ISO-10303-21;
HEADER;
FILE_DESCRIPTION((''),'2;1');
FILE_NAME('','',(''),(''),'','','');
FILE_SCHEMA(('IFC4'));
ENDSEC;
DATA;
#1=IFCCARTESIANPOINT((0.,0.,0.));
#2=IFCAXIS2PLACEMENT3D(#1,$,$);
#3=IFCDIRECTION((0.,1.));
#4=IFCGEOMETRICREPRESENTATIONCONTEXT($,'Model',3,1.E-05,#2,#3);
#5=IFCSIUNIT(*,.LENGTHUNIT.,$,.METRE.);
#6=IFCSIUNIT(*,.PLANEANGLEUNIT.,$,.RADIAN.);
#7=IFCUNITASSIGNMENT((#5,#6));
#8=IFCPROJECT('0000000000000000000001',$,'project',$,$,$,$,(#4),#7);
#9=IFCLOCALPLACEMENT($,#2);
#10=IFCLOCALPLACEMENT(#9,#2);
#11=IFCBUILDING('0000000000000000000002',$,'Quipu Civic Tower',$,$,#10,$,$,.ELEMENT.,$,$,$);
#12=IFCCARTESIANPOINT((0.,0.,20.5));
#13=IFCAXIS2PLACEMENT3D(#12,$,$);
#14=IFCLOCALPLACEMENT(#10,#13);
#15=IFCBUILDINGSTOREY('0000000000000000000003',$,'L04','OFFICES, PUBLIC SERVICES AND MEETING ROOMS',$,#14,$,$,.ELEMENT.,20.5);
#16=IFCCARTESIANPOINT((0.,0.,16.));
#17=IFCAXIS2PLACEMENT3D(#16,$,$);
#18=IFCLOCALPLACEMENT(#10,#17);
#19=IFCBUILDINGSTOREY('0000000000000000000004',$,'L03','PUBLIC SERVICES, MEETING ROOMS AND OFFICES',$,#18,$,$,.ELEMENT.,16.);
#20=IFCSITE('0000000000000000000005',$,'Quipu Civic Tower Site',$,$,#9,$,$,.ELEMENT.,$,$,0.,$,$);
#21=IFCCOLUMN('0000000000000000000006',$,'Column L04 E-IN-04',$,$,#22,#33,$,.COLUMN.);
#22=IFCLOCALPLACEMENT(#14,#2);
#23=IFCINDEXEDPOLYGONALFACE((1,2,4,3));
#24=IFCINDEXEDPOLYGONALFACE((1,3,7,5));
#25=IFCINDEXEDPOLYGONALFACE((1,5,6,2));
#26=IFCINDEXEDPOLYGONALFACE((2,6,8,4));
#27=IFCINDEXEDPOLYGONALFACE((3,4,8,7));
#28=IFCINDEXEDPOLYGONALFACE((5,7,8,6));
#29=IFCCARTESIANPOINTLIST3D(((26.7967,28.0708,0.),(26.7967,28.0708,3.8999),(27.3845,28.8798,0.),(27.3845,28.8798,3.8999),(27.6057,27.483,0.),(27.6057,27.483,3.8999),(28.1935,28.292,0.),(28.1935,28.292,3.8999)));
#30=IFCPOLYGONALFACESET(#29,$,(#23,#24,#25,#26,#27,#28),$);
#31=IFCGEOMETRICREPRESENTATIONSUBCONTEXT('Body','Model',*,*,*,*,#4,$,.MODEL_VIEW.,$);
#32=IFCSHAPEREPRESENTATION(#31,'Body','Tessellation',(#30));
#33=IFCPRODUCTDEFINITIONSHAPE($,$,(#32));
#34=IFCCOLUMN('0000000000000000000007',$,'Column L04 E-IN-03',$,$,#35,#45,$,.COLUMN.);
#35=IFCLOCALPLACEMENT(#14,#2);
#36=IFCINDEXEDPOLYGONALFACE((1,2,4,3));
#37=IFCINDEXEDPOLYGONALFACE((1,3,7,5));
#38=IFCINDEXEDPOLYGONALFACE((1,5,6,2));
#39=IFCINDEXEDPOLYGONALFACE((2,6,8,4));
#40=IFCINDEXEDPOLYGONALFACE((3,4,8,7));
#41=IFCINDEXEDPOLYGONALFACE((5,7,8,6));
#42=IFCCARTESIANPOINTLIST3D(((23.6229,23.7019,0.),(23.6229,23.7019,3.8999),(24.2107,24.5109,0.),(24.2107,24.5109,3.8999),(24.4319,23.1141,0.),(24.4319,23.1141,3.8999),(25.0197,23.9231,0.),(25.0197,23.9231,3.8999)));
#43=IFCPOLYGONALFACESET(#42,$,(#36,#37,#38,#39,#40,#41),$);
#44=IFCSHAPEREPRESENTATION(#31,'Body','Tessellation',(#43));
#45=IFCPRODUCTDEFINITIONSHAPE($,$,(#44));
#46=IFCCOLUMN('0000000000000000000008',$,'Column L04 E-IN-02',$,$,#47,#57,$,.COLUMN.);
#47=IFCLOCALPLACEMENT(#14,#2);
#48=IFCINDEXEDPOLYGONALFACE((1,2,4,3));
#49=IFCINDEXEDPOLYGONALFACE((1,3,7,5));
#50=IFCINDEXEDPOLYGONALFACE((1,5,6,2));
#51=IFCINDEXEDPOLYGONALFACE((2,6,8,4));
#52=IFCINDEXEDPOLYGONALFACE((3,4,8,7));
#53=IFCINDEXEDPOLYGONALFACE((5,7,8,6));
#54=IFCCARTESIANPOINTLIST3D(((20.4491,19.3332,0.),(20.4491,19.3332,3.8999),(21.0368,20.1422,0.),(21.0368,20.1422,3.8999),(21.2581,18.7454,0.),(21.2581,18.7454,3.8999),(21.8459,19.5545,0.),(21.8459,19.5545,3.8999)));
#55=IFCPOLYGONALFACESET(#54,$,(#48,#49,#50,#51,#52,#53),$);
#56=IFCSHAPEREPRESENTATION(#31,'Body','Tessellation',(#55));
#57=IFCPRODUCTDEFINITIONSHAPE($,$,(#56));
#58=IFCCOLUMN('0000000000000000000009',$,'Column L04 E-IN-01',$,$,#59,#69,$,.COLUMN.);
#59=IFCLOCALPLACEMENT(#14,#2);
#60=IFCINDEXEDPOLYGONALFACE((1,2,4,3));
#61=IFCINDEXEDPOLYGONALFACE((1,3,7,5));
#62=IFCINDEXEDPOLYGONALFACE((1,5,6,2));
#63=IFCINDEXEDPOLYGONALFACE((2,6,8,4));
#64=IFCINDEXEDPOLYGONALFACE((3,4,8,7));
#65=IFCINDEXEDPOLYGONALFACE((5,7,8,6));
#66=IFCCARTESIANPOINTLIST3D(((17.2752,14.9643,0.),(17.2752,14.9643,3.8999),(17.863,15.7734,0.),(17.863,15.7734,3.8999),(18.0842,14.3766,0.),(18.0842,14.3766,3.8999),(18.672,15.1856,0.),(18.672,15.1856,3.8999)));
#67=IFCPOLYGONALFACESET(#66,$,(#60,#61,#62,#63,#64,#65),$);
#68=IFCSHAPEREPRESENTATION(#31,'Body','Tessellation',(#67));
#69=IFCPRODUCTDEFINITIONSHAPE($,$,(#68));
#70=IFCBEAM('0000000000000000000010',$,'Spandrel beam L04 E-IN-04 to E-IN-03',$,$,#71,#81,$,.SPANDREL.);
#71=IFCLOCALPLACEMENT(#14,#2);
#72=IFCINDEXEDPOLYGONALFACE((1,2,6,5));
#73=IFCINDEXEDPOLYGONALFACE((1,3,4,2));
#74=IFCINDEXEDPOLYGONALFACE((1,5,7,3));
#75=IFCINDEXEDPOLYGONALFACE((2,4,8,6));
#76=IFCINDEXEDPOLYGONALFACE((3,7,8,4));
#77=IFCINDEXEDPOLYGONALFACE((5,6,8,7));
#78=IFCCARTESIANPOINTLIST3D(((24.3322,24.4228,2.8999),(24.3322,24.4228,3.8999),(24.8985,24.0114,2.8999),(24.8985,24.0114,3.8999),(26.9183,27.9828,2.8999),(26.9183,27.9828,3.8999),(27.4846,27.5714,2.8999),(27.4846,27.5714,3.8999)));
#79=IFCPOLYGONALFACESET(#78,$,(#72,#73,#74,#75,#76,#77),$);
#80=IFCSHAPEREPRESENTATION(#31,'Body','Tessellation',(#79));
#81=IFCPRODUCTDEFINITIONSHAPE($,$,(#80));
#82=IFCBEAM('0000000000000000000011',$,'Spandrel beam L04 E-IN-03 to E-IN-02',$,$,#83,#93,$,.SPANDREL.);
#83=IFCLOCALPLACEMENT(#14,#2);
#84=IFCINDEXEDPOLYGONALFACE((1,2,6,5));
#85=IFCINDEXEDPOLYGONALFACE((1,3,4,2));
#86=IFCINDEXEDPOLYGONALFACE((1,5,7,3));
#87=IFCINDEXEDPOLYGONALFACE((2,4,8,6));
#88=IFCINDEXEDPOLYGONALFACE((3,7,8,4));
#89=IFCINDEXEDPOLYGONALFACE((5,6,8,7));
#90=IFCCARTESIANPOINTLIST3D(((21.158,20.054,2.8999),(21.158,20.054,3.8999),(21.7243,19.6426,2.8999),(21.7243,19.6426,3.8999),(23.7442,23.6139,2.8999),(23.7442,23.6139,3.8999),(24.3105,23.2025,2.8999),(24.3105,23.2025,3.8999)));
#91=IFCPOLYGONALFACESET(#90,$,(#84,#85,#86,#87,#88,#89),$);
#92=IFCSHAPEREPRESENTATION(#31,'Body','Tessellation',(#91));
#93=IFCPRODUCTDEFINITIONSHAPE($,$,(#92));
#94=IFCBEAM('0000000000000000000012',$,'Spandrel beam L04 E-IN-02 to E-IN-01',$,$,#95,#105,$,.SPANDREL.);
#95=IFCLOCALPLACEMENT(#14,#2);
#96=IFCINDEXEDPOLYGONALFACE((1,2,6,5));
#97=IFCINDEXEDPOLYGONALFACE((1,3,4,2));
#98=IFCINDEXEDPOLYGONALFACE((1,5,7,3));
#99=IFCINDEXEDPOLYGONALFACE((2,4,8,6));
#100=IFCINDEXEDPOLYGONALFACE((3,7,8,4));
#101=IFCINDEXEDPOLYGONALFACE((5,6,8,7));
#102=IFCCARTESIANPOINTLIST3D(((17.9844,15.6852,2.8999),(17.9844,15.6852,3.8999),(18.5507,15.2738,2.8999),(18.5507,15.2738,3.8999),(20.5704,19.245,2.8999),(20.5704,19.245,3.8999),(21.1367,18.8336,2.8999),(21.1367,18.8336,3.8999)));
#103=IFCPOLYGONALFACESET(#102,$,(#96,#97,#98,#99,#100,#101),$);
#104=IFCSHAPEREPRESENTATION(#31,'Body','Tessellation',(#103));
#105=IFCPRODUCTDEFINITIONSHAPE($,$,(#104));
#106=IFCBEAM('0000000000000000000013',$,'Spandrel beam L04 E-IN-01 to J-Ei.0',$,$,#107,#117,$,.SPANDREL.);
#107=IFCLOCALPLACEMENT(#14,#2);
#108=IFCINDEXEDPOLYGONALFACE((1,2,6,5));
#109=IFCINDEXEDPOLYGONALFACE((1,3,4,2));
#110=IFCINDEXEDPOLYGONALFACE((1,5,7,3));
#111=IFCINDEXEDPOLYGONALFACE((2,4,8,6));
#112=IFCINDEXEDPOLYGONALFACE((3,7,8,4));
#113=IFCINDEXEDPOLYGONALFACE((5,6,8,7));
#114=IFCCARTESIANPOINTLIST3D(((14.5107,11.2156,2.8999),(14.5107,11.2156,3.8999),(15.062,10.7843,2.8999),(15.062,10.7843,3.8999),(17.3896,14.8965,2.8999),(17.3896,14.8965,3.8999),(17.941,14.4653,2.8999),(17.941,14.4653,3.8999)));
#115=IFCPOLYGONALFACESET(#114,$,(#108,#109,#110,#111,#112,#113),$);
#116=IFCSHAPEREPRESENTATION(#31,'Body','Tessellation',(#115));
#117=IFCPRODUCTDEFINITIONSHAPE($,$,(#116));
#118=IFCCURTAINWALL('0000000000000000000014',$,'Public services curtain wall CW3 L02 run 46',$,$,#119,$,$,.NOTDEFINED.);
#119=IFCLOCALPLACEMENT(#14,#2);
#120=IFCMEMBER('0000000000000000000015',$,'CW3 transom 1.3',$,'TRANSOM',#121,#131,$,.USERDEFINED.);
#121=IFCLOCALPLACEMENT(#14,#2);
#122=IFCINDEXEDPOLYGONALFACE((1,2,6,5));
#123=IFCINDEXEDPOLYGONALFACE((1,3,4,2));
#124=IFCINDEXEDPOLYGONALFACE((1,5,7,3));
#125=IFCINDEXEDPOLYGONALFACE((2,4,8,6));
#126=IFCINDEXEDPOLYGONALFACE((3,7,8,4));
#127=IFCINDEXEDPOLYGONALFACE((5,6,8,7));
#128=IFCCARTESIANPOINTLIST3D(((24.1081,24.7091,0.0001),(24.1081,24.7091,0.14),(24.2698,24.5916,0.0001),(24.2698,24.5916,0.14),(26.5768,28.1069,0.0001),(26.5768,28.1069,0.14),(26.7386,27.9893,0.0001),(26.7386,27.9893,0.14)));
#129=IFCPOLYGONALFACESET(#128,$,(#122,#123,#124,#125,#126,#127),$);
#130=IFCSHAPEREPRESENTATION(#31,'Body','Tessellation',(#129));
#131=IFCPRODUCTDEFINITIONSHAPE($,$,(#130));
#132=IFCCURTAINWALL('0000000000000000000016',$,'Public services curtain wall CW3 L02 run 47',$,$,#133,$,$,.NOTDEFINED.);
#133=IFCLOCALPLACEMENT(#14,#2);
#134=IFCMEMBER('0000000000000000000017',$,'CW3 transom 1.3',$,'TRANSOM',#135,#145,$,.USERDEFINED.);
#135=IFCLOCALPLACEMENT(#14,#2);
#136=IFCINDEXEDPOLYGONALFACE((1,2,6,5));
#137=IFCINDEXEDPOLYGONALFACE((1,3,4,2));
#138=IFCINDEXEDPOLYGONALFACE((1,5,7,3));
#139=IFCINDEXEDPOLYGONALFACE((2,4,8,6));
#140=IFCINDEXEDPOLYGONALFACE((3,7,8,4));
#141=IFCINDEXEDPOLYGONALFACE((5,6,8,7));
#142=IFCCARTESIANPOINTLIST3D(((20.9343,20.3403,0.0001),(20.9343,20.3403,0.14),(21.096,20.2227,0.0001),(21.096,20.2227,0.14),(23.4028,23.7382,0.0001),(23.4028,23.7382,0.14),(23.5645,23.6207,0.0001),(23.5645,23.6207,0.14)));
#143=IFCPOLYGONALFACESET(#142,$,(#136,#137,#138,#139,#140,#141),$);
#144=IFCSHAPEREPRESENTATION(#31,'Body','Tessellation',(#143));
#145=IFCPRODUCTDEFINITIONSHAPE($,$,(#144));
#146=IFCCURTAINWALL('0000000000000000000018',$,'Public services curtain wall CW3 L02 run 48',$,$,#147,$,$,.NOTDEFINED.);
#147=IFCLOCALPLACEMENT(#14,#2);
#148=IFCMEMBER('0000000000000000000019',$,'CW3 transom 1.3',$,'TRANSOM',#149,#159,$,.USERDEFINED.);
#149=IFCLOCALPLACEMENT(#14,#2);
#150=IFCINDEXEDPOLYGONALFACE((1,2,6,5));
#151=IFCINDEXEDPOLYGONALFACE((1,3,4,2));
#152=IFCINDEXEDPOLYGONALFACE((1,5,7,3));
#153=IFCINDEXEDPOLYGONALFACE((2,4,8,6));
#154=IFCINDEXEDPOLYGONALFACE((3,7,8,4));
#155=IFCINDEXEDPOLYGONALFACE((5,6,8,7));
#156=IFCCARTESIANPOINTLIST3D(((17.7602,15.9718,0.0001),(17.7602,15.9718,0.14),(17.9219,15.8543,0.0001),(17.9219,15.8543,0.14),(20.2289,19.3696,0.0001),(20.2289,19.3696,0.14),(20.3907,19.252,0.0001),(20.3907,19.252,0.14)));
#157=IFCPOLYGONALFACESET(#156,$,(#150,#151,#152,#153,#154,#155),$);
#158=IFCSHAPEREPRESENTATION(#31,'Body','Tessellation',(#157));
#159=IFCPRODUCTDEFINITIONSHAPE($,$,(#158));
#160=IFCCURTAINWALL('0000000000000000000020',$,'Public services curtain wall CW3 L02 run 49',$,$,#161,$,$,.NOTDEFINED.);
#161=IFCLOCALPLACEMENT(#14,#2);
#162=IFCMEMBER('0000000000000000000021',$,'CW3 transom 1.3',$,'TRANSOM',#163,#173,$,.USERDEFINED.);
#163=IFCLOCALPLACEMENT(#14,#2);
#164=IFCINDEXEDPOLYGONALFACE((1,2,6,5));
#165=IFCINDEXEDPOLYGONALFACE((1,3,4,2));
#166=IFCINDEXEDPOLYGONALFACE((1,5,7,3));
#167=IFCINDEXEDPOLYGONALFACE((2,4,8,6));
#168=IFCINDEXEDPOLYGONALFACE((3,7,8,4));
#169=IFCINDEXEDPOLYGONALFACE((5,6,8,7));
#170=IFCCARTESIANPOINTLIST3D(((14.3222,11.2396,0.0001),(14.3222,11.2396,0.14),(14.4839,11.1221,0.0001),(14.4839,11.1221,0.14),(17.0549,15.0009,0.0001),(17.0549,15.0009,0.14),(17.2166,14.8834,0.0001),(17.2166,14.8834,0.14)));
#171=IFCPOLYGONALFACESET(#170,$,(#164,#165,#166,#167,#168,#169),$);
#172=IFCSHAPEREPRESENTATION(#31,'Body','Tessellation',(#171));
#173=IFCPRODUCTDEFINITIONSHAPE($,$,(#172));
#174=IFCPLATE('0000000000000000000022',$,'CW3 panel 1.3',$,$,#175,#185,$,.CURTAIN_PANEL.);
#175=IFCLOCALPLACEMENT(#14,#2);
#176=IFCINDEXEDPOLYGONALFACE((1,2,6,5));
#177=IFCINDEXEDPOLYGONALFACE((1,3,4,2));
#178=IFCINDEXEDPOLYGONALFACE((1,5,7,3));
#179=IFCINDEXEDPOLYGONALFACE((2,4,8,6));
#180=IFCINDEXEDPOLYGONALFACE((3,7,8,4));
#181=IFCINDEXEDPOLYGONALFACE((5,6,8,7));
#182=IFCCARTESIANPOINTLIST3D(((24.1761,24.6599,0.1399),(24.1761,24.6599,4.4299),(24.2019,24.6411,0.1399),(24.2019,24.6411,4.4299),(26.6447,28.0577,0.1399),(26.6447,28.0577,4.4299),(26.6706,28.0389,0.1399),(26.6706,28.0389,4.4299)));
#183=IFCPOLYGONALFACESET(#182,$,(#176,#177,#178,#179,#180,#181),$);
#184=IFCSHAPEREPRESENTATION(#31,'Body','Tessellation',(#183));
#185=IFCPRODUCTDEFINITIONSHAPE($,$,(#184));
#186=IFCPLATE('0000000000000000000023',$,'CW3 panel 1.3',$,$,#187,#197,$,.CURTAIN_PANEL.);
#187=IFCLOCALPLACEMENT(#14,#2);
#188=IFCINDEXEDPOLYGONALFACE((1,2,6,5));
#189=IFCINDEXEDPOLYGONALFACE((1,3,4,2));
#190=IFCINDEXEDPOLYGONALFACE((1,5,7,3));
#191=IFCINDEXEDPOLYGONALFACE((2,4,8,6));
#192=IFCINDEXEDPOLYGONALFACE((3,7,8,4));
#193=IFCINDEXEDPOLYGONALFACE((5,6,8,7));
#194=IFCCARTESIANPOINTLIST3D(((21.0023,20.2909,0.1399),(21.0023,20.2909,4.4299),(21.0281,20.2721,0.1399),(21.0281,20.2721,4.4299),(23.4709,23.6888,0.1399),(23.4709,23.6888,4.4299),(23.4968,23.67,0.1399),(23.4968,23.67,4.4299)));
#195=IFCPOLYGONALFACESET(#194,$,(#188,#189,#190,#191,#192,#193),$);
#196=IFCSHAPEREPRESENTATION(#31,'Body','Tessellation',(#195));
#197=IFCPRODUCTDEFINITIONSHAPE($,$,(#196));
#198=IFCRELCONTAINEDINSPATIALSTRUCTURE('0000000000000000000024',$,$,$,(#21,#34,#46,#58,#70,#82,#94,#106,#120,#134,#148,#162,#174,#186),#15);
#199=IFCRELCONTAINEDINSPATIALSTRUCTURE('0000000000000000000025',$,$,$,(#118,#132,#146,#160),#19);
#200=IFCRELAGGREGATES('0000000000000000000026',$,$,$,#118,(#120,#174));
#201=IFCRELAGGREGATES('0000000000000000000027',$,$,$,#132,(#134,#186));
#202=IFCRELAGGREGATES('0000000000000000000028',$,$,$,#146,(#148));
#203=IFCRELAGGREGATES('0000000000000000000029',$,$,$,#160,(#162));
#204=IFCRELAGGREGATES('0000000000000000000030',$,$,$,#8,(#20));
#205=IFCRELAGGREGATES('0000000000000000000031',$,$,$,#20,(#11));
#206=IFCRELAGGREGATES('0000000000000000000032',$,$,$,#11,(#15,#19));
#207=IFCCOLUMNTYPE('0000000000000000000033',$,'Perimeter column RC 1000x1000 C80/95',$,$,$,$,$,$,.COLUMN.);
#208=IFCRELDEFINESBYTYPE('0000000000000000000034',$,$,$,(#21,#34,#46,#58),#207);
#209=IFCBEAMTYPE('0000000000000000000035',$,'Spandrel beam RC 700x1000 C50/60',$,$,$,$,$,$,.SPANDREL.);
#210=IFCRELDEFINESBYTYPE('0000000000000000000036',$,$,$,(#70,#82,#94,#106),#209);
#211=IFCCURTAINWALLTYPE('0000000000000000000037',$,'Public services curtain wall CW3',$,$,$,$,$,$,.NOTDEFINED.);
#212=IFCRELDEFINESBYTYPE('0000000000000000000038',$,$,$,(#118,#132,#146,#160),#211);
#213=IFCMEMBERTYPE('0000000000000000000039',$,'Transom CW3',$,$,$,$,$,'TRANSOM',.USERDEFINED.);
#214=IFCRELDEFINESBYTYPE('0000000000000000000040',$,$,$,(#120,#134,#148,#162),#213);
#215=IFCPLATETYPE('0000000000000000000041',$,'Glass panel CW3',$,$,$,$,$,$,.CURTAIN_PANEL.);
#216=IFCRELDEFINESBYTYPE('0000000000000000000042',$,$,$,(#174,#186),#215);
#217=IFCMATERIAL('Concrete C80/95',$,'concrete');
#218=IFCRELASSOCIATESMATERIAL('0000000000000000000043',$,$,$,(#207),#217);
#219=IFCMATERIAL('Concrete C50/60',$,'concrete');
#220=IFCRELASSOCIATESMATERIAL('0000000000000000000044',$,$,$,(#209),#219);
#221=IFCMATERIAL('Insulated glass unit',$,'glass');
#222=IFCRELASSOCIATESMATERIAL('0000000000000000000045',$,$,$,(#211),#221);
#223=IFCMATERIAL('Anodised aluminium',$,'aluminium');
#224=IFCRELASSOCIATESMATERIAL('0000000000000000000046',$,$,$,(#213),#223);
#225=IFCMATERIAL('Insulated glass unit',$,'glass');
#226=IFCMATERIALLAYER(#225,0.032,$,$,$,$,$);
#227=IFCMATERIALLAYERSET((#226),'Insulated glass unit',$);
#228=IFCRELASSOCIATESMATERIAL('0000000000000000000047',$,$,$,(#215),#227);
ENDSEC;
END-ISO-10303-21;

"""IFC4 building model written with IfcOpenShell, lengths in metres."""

from ifc_helpers import new_model, si_unit, direction, frame, origin, origin_2d, place, context, subcontext, project, spatial, rectangle, extrude, material, layer, layer_set, material_profile, profile_set, type_object, element, aggregate, save


model = new_model("IFC4")

# Units and contexts
model_context = context("Model", 3, precision=1e-05, world=origin(), true_north=direction((0.0, 1.0)))
body_context = subcontext(model_context, "Body", "Model", "MODEL_VIEW")
ifc_project = project(units=[si_unit("LENGTHUNIT", "METRE"), si_unit("PLANEANGLEUNIT", "RADIAN")], contexts=[model_context])

# Site, building, storey
site_placement = place(None, origin())
site = spatial("IfcSite", under=ifc_project, at=site_placement, Name="Quipu Civic Tower Site", CompositionType="ELEMENT", RefElevation=0.0)
building_placement = place(site_placement, origin())
building = spatial("IfcBuilding", under=site, at=building_placement, Name="Quipu Civic Tower", CompositionType="ELEMENT")
storey_1_placement = place(building_placement, frame((0.0, 0.0, 20.5)))
storey_1 = spatial("IfcBuildingStorey", under=building, at=storey_1_placement, Name="L04", Description="OFFICES, PUBLIC SERVICES AND MEETING ROOMS", CompositionType="ELEMENT", Elevation=20.5)

# Columns
ifc_material_1 = material(Name="Concrete C80/95", Category="concrete")
ifc_material_profile_1 = material_profile(ifc_material_1, rectangle(XDim=1.0, YDim=1.0, at=origin_2d()), Name="RC1000x1000")
ifc_profile_set_1 = profile_set([ifc_material_profile_1], Name="Concrete C80/95")
column_type = type_object("IfcColumnType", Name="Perimeter column RC 1000x1000 C80/95", PredefinedType="COLUMN", material=ifc_profile_set_1)
for number, where, z_axis, x_axis, name in (
    (1, (27.4951, 28.1814, 0.0), (0.0, 0.0, 1.0), (-0.587785, -0.809017, 0.0), "Column L04 E-IN-04"),
    (2, (24.3213, 23.8125, 0.0), (0.0, 0.0, 1.0), (-0.587785, -0.809017, 0.0), "Column L04 E-IN-03"),
    (3, (21.1475, 19.4438, 0.0), (0.0, 0.0, 1.0), (-0.587785, -0.809017, 0.0), "Column L04 E-IN-02"),
    (4, (17.9736, 15.075, 0.0), (0.0, 0.0, 1.0), (-0.587785, -0.809017, 0.0), "Column L04 E-IN-01"),
):
    element("IfcColumn", number, at=place(storey_1_placement, frame(where, z_axis=z_axis, x_axis=x_axis)), inside=storey_1, type_object=column_type, Name=name, PredefinedType="COLUMN", context=body_context, shape_type="SweptSolid", body=[
        extrude(rectangle(XDim=1.0, YDim=1.0, at=origin_2d()), origin(), (0.0, 0.0, 1.0), 3.8999),
    ])

# Beams
ifc_material_2 = material(Name="Concrete C50/60", Category="concrete")
ifc_material_profile_2 = material_profile(ifc_material_2, rectangle(XDim=0.7, YDim=1.0, at=origin_2d()), Name="RC700x1000")
ifc_profile_set_2 = profile_set([ifc_material_profile_2], Name="Concrete C50/60")
beam_type = type_object("IfcBeamType", Name="Spandrel beam RC 700x1000 C50/60", PredefinedType="SPANDREL", material=ifc_profile_set_2)
for number, where, z_axis, x_axis, name in (
    (5, (27.2014, 27.7771, 3.3999), (-0.587733, -0.809055, 0.0), (0.809055, -0.587733, 0.0), "Spandrel beam L04 E-IN-04 to E-IN-03"),
    (6, (24.0273, 23.4082, 3.3999), (-0.587759, -0.809036, 0.0), (0.809036, -0.587759, 0.0), "Spandrel beam L04 E-IN-03 to E-IN-02"),
):
    element("IfcBeam", number, at=place(storey_1_placement, frame(where, z_axis=z_axis, x_axis=x_axis)), inside=storey_1, type_object=beam_type, Name=name, PredefinedType="SPANDREL", context=body_context, shape_type="SweptSolid", body=[
        extrude(rectangle(XDim=0.7, YDim=1.0, at=origin_2d()), origin(), (0.0, 0.0, 1.0), 4.4001),
    ])
beam_1_placement = place(storey_1_placement, frame((20.8535, 19.0393, 3.3999), z_axis=(-0.587723, -0.809062, 0.0), x_axis=(0.809062, -0.587723, 0.0)))
element("IfcBeam", 7, at=beam_1_placement, inside=storey_1, type_object=beam_type, Name="Spandrel beam L04 E-IN-02 to E-IN-01", PredefinedType="SPANDREL", context=body_context, shape_type="SweptSolid", body=[
    extrude(rectangle(XDim=0.7, YDim=1.0, at=origin_2d()), origin(), (0.0, 0.0, 1.0), 4.3999),
])
beam_2_placement = place(storey_1_placement, frame((17.6653, 14.6809, 3.3999), z_axis=(-0.616069, -0.787692, 0.0), x_axis=(0.787692, -0.616069, 0.0)))
element("IfcBeam", 8, at=beam_2_placement, inside=storey_1, type_object=beam_type, Name="Spandrel beam L04 E-IN-01 to J-Ei.0", PredefinedType="SPANDREL", context=body_context, shape_type="SweptSolid", body=[
    extrude(rectangle(XDim=0.7, YDim=1.0, at=origin_2d()), origin(), (0.0, 0.0, 1.0), 4.6731),
])

# Shared definitions
storey_2_placement = place(building_placement, frame((0.0, 0.0, 16.0)))
storey_2 = spatial("IfcBuildingStorey", under=building, at=storey_2_placement, Name="L03", Description="PUBLIC SERVICES, MEETING ROOMS AND OFFICES", CompositionType="ELEMENT", Elevation=16.0)

# Curtain walls, members
ifc_material_3 = material(Name="Insulated glass unit", Category="glass")
curtain_wall_type = type_object("IfcCurtainWallType", Name="Public services curtain wall CW3", PredefinedType="NOTDEFINED", material=ifc_material_3)
curtain_wall_1_placement = place(storey_2_placement, origin())
curtain_wall_1 = element("IfcCurtainWall", 9, at=curtain_wall_1_placement, inside=storey_2, type_object=curtain_wall_type, Name="Public services curtain wall CW3 L02 run 46", PredefinedType="NOTDEFINED")
ifc_material_4 = material(Name="Anodised aluminium", Category="aluminium")
ifc_material_profile_3 = material_profile(ifc_material_4, rectangle(XDim=0.2, YDim=0.1399, at=origin_2d()), Name="RECT 200x140")
ifc_profile_set_3 = profile_set([ifc_material_profile_3], Name="Anodised aluminium")
member_type = type_object("IfcMemberType", Name="Transom CW3", ElementType="TRANSOM", PredefinedType="USERDEFINED", material=ifc_profile_set_3)
member_1_placement = place(storey_1_placement, frame((26.6577, 28.0481, 0.0701), z_axis=(-0.587812, -0.808997, 0.0), x_axis=(0.808997, -0.587812, 0.0)))
member_1 = element("IfcMember", 10, at=member_1_placement, inside=storey_1, type_object=member_type, Name="CW3 transom 1.3", ObjectType="TRANSOM", PredefinedType="USERDEFINED", context=body_context, shape_type="SweptSolid", body=[
    extrude(rectangle(XDim=0.2, YDim=0.1399, at=origin_2d()), origin(), (0.0, 0.0, 1.0), 4.2),
])
curtain_wall_2_placement = place(storey_2_placement, origin())
curtain_wall_2 = element("IfcCurtainWall", 11, at=curtain_wall_2_placement, inside=storey_2, type_object=curtain_wall_type, Name="Public services curtain wall CW3 L02 run 47", PredefinedType="NOTDEFINED")
member_2_placement = place(storey_1_placement, frame((23.4836, 23.6794, 0.0701), z_axis=(-0.587746, -0.809045, 0.0), x_axis=(0.809045, -0.587746, 0.0)))
member_2 = element("IfcMember", 12, at=member_2_placement, inside=storey_1, type_object=member_type, Name="CW3 transom 1.3", ObjectType="TRANSOM", PredefinedType="USERDEFINED", context=body_context, shape_type="SweptSolid", body=[
    extrude(rectangle(XDim=0.2, YDim=0.1399, at=origin_2d()), origin(), (0.0, 0.0, 1.0), 4.2),
])
curtain_wall_3_placement = place(storey_2_placement, origin())
curtain_wall_3 = element("IfcCurtainWall", 13, at=curtain_wall_3_placement, inside=storey_2, type_object=curtain_wall_type, Name="Public services curtain wall CW3 L02 run 48", PredefinedType="NOTDEFINED")
member_3_placement = place(storey_1_placement, frame((20.3098, 19.3108, 0.0701), z_axis=(-0.587812, -0.808997, 0.0), x_axis=(0.808997, -0.587812, 0.0)))
member_3 = element("IfcMember", 14, at=member_3_placement, inside=storey_1, type_object=member_type, Name="CW3 transom 1.3", ObjectType="TRANSOM", PredefinedType="USERDEFINED", context=body_context, shape_type="SweptSolid", body=[
    extrude(rectangle(XDim=0.2, YDim=0.1399, at=origin_2d()), origin(), (0.0, 0.0, 1.0), 4.2),
])
curtain_wall_4_placement = place(storey_2_placement, origin())
curtain_wall_4 = element("IfcCurtainWall", 15, at=curtain_wall_4_placement, inside=storey_2, type_object=curtain_wall_type, Name="Public services curtain wall CW3 L02 run 49", PredefinedType="NOTDEFINED")
member_4_placement = place(storey_1_placement, frame((17.1357, 14.9421, 0.0701), z_axis=(-0.587781, -0.80902, 0.0), x_axis=(0.80902, -0.587781, 0.0)))
member_4 = element("IfcMember", 16, at=member_4_placement, inside=storey_1, type_object=member_type, Name="CW3 transom 1.3", ObjectType="TRANSOM", PredefinedType="USERDEFINED", context=body_context, shape_type="SweptSolid", body=[
    extrude(rectangle(XDim=0.2, YDim=0.1399, at=origin_2d()), origin(), (0.0, 0.0, 1.0), 4.6492),
])

# Plates
ifc_material_5 = material(Name="Insulated glass unit", Category="glass")
ifc_layer_1 = layer(ifc_material_5, 0.032)
ifc_layer_set_1 = layer_set([ifc_layer_1], Name="Insulated glass unit")
plate_type_1 = type_object("IfcPlateType", Name="Glass panel CW3", PredefinedType="CURTAIN_PANEL", material=ifc_layer_set_1)
plate_1_placement = place(storey_1_placement, frame((25.4233, 26.3494, 0.1399), z_axis=(0.0, 0.0, 1.0), x_axis=(-0.587789, -0.809014, 0.0)))
plate_1 = element("IfcPlate", 17, at=plate_1_placement, inside=storey_1, type_object=plate_type_1, Name="CW3 panel 1.3", PredefinedType="CURTAIN_PANEL", context=body_context, shape_type="SweptSolid", body=[
    extrude(rectangle(XDim=4.2, YDim=0.032, at=origin_2d()), origin(), (0.0, 0.0, 1.0), 4.29),
])
aggregate(curtain_wall_1, [member_1, plate_1])
plate_2_placement = place(storey_1_placement, frame((22.2495, 21.9805, 0.1399), z_axis=(0.0, 0.0, 1.0), x_axis=(-0.587774, -0.809025, 0.0)))
plate_2 = element("IfcPlate", 18, at=plate_2_placement, inside=storey_1, type_object=plate_type_1, Name="CW3 panel 1.3", PredefinedType="CURTAIN_PANEL", context=body_context, shape_type="SweptSolid", body=[
    extrude(rectangle(XDim=4.2, YDim=0.032, at=origin_2d()), origin(), (0.0, 0.0, 1.0), 4.29),
])
aggregate(curtain_wall_2, [member_2, plate_2])
aggregate(curtain_wall_3, [member_3])
aggregate(curtain_wall_4, [member_4])

save(model, "model.ifc")
